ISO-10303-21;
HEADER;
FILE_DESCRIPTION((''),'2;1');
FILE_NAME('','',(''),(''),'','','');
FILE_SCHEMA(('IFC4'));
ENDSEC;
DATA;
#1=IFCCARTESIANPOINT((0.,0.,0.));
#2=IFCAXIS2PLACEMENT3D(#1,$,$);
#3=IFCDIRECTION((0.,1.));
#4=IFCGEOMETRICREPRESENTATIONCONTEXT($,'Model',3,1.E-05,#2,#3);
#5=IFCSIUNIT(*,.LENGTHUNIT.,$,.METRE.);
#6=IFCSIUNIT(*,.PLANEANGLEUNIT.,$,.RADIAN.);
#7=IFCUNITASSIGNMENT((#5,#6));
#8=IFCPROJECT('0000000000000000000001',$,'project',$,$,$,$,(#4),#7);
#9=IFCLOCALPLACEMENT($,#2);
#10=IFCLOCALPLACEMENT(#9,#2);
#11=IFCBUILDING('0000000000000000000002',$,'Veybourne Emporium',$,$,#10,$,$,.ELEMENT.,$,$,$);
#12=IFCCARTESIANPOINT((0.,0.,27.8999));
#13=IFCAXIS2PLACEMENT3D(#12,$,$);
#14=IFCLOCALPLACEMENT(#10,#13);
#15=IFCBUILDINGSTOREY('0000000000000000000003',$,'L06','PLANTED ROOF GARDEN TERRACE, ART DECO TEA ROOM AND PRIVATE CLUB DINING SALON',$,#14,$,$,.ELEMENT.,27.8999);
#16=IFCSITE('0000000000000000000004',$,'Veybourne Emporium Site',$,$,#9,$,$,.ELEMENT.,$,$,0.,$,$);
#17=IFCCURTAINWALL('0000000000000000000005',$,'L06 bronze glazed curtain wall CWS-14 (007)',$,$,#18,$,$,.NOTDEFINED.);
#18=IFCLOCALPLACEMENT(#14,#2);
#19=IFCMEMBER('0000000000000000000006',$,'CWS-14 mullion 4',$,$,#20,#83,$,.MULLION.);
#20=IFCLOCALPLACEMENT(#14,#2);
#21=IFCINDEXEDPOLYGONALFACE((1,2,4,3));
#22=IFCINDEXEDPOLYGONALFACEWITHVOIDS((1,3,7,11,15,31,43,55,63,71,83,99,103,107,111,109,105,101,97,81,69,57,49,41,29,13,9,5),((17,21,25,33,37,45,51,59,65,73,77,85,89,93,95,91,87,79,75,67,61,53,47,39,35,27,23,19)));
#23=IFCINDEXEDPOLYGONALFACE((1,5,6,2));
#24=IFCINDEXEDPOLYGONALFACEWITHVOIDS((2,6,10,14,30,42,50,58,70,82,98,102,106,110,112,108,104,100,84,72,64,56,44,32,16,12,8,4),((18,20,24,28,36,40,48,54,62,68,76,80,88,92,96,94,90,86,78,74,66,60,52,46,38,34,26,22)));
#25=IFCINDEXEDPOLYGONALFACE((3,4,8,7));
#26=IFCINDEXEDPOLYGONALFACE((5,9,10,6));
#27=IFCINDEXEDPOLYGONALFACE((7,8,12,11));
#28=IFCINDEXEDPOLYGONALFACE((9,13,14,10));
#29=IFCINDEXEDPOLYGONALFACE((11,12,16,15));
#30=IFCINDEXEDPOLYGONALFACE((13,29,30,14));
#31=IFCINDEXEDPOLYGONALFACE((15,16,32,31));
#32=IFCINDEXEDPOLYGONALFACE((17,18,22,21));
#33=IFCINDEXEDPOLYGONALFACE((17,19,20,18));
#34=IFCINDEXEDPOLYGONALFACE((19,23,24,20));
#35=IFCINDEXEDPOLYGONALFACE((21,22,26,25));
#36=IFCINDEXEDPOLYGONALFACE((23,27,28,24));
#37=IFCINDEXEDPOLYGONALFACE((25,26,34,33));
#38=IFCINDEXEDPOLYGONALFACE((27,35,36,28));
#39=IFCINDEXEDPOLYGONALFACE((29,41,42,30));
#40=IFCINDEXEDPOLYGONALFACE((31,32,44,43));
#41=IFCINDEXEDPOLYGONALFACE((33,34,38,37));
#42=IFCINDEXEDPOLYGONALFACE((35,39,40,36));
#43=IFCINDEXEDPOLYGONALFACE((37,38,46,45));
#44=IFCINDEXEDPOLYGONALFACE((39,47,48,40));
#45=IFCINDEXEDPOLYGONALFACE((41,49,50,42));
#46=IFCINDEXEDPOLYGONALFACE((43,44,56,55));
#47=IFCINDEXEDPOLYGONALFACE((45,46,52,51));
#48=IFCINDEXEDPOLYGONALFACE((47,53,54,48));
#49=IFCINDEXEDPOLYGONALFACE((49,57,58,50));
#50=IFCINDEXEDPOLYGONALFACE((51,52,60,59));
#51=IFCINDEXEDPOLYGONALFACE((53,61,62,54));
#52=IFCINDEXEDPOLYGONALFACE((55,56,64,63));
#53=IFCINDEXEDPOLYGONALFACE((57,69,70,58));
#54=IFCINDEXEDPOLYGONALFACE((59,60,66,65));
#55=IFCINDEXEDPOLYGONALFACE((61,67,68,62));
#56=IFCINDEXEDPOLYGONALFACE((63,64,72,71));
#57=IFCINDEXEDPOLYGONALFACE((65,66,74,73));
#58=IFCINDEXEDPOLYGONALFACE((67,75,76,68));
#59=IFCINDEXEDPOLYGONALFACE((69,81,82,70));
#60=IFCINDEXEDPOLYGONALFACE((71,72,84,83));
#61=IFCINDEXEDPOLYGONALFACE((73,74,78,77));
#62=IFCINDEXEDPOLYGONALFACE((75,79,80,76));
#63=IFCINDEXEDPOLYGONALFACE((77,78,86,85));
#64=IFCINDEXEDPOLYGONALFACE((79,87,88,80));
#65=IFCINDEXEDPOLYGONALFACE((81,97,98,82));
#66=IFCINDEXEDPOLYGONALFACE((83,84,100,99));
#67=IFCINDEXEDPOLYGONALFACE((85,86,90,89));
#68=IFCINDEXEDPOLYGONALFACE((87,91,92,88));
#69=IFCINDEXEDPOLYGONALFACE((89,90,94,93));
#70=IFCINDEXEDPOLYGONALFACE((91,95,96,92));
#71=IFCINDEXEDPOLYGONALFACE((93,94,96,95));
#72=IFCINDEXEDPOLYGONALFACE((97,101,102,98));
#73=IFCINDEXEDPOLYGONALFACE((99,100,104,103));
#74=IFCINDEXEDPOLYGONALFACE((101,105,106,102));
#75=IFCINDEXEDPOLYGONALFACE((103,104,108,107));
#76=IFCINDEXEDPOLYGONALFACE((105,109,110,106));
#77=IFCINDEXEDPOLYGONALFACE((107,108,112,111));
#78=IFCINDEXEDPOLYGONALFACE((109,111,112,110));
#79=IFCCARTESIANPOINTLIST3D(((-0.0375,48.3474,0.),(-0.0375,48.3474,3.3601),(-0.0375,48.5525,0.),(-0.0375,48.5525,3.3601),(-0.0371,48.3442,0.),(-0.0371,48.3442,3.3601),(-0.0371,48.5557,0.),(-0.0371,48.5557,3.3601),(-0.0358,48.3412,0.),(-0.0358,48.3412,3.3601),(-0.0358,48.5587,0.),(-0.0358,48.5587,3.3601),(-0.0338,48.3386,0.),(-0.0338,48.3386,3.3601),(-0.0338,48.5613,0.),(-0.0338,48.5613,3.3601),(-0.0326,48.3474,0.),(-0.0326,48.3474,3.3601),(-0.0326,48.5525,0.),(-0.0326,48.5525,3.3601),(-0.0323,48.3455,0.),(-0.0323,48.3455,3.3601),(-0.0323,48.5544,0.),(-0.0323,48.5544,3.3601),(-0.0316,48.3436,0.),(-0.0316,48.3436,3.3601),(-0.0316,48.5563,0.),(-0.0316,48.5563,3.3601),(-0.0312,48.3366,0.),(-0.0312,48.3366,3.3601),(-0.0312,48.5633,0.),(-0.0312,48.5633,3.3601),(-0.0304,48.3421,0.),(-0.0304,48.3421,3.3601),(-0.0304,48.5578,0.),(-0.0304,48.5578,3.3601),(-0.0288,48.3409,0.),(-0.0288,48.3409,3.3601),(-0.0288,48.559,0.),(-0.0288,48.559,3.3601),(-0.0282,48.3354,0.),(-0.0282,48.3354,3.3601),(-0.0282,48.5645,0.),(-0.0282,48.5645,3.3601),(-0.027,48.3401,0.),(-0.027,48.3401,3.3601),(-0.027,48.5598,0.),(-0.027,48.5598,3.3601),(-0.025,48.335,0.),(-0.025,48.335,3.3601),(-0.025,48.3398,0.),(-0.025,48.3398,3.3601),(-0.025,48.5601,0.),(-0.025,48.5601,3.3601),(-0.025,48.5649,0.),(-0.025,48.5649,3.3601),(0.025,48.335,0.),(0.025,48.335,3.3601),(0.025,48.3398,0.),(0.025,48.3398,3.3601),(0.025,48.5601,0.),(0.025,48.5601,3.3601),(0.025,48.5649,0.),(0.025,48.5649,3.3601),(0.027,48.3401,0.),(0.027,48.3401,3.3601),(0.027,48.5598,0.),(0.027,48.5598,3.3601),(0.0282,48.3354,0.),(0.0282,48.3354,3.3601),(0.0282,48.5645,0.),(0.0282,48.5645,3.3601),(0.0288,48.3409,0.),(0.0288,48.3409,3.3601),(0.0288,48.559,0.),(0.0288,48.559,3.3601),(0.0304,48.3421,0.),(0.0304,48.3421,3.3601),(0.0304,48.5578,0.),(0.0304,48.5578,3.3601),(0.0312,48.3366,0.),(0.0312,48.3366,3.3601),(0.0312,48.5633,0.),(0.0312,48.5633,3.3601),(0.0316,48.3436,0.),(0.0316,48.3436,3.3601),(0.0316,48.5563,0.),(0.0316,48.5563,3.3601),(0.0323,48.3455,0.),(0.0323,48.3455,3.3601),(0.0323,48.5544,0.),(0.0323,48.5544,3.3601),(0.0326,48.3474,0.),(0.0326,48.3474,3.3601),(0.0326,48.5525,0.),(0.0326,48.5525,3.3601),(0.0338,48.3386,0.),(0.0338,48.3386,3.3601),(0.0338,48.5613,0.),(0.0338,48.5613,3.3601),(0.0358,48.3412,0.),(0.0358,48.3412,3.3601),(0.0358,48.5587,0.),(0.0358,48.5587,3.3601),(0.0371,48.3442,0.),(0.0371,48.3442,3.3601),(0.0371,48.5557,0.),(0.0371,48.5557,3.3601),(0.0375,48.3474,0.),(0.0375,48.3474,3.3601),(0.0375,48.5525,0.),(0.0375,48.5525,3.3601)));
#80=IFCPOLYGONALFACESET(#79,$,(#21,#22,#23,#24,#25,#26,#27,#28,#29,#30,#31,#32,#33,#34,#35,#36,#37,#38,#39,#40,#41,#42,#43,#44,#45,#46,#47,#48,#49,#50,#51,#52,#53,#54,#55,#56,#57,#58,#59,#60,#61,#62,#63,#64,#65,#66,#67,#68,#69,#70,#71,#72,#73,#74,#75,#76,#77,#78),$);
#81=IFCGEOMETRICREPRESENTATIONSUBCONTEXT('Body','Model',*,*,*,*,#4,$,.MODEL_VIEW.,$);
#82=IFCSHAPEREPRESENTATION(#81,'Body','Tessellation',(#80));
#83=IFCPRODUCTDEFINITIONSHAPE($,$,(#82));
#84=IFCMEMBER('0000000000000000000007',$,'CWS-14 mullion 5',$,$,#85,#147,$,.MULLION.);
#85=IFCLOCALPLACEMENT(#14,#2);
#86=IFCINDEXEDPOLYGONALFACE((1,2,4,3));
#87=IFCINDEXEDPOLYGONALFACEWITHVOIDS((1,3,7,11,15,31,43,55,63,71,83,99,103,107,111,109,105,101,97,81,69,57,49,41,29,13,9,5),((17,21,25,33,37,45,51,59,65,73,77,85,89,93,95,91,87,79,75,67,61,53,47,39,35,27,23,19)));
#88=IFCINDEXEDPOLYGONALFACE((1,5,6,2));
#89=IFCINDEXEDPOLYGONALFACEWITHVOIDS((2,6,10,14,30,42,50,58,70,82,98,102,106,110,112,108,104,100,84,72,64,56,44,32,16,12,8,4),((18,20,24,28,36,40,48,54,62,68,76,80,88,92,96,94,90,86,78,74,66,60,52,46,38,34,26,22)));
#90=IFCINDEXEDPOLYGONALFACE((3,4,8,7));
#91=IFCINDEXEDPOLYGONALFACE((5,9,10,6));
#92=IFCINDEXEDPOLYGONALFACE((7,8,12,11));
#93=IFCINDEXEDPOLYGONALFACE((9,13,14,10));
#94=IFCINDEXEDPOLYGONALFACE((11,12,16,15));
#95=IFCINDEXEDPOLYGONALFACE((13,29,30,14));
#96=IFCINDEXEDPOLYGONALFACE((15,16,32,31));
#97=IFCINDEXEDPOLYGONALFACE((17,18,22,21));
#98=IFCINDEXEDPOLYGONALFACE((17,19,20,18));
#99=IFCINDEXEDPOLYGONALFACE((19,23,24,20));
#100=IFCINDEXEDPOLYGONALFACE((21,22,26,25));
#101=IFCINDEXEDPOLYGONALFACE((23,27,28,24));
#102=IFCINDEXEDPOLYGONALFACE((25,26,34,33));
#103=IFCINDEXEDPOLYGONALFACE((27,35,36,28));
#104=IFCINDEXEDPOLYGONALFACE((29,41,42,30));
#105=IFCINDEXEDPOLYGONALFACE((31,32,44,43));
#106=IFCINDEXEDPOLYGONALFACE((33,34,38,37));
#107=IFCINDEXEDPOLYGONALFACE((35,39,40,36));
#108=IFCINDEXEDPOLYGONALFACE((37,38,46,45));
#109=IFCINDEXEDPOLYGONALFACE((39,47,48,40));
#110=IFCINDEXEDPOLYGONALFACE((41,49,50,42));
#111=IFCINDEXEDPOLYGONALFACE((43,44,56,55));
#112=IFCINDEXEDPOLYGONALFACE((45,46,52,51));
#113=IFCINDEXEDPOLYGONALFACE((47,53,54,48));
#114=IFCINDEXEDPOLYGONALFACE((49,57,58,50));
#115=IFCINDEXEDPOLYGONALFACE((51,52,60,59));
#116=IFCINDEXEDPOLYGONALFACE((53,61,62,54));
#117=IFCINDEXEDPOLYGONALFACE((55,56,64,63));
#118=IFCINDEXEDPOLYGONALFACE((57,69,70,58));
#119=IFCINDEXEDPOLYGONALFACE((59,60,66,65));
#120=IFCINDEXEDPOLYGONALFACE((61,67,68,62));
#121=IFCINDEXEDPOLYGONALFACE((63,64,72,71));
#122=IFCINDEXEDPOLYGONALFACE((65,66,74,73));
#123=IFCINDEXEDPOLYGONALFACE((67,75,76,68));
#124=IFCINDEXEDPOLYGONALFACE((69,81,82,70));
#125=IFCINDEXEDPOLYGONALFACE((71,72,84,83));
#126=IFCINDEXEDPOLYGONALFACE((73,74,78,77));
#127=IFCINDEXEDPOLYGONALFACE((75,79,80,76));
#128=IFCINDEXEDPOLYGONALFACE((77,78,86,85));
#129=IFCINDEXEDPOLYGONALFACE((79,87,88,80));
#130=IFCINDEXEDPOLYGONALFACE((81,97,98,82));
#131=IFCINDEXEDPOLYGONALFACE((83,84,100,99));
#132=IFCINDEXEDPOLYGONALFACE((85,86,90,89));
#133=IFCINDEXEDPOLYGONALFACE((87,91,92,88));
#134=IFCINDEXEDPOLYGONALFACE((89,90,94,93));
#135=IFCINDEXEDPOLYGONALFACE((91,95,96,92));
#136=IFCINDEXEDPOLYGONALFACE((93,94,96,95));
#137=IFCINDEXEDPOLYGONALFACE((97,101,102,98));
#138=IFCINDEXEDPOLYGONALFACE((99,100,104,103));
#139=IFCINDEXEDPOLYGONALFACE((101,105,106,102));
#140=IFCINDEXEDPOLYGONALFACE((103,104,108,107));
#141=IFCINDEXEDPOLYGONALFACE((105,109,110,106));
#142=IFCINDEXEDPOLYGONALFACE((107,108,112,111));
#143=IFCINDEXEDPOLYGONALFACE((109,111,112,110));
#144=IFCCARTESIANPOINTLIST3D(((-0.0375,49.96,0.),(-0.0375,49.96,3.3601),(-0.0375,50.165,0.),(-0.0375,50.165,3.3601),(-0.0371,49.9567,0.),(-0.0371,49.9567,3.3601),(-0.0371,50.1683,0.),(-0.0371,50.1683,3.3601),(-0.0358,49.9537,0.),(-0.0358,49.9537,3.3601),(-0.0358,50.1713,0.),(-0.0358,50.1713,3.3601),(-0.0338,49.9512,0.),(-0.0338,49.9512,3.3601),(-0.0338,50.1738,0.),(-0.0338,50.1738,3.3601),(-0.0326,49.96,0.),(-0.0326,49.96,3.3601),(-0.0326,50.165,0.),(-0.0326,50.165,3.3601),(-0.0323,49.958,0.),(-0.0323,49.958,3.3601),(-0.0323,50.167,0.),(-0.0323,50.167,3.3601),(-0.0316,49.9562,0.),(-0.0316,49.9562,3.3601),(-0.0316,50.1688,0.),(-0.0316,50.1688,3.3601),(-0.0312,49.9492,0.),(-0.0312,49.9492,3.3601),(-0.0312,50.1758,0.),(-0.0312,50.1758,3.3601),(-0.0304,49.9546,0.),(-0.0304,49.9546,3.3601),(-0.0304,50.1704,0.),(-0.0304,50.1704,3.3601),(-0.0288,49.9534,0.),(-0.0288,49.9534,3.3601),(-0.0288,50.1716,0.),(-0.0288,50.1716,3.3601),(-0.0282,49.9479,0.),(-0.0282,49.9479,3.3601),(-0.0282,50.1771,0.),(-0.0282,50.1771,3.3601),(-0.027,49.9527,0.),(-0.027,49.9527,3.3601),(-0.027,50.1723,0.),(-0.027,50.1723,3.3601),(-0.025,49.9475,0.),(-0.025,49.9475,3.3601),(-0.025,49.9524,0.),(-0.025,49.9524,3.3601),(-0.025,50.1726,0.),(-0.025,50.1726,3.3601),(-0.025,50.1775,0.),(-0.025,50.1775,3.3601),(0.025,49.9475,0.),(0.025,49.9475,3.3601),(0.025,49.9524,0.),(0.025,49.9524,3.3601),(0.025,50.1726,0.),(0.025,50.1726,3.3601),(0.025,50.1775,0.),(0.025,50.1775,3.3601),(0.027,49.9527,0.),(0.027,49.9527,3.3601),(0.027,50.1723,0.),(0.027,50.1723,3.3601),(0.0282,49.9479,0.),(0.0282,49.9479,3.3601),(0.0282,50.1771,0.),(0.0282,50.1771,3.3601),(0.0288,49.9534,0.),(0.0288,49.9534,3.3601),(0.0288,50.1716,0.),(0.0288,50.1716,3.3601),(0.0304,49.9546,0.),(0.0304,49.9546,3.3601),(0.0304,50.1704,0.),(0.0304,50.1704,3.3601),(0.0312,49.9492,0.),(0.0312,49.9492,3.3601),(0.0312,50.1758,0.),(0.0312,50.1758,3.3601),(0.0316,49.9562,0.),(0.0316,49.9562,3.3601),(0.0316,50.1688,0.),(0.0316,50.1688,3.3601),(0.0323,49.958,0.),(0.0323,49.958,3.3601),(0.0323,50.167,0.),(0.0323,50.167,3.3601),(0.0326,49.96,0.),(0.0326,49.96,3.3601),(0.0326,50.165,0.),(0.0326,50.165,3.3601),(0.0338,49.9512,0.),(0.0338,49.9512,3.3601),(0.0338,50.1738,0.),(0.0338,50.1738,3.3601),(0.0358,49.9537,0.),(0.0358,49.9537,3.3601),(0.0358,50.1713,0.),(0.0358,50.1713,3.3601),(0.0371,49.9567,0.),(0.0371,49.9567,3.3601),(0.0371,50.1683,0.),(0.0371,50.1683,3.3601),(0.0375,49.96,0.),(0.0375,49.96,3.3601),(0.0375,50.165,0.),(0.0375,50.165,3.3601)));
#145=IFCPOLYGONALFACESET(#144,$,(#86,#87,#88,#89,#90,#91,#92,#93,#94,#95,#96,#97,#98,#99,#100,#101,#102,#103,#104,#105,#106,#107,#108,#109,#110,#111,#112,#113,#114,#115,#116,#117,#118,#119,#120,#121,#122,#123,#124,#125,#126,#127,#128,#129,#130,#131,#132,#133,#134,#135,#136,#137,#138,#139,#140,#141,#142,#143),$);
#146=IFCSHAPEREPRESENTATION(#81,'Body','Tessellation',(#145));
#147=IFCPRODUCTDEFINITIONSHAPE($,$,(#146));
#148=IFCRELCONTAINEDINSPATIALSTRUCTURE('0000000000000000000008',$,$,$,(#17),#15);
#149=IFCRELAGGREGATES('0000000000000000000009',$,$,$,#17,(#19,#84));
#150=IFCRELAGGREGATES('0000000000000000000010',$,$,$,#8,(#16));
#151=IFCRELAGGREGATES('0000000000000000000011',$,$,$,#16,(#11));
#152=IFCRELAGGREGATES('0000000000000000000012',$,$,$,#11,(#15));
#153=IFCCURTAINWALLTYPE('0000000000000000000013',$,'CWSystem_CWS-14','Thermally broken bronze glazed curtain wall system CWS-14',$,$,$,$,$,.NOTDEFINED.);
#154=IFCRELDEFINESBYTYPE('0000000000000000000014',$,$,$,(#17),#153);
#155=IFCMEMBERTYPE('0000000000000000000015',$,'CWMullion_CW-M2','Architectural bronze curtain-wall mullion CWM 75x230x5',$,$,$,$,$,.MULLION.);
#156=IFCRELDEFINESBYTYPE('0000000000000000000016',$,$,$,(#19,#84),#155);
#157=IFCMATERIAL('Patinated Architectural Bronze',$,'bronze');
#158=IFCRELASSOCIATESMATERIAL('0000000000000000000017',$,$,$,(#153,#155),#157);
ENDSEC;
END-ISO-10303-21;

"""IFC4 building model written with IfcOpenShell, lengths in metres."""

from ifc_helpers import new_model, si_unit, direction, frame, origin, origin_2d, place, context, subcontext, project, spatial, hollow_rectangle, extrude, material, material_profile, profile_set, type_object, element, aggregate, save


model = new_model("IFC4")

# Units and contexts
model_context = context("Model", 3, precision=1e-05, world=origin(), true_north=direction((0.0, 1.0)))
body_context = subcontext(model_context, "Body", "Model", "MODEL_VIEW")
ifc_project = project(units=[si_unit("LENGTHUNIT", "METRE"), si_unit("PLANEANGLEUNIT", "RADIAN")], contexts=[model_context])

# Site, building, storey
site_placement = place(None, origin())
site = spatial("IfcSite", under=ifc_project, at=site_placement, Name="Veybourne Emporium Site", CompositionType="ELEMENT", RefElevation=0.0)
building_placement = place(site_placement, origin())
building = spatial("IfcBuilding", under=site, at=building_placement, Name="Veybourne Emporium", CompositionType="ELEMENT")
storey_placement = place(building_placement, frame((0.0, 0.0, 27.8999)))
storey = spatial("IfcBuildingStorey", under=building, at=storey_placement, Name="L06", Description="PLANTED ROOF GARDEN TERRACE, ART DECO TEA ROOM AND PRIVATE CLUB DINING SALON", CompositionType="ELEMENT", Elevation=27.8999)

# Curtain wall, members
ifc_material_1 = material(Name="Patinated Architectural Bronze", Category="bronze")
curtain_wall_type = type_object("IfcCurtainWallType", Name="CWSystem_CWS-14", Description="Thermally broken bronze glazed curtain wall system CWS-14", PredefinedType="NOTDEFINED", material=ifc_material_1)
curtain_wall_placement = place(storey_placement, origin())
curtain_wall = element("IfcCurtainWall", 1, at=curtain_wall_placement, inside=storey, type_object=curtain_wall_type, Name="L06 bronze glazed curtain wall CWS-14 (007)", PredefinedType="NOTDEFINED")
ifc_material_profile_1 = material_profile(ifc_material_1, hollow_rectangle(XDim=0.075, YDim=0.23, WallThickness=0.0049, InnerFilletRadius=0.0076, OuterFilletRadius=0.0125, at=origin_2d()), Name="CWM 75x230x5")
ifc_profile_set_1 = profile_set([ifc_material_profile_1], Name="Patinated Architectural Bronze")
member_type_1 = type_object("IfcMemberType", Name="CWMullion_CW-M2", Description="Architectural bronze curtain-wall mullion CWM 75x230x5", PredefinedType="MULLION", material=ifc_profile_set_1)
member_1_placement = place(storey_placement, frame((0.0, 48.45, 0.0), z_axis=(0.0, 0.0, 1.0), x_axis=(-1.0, 0.0, 0.0)))
member_1 = element("IfcMember", 2, at=member_1_placement, type_object=member_type_1, Name="CWS-14 mullion 4", PredefinedType="MULLION", context=body_context, shape_type="SweptSolid", body=[
    extrude(hollow_rectangle(XDim=0.075, YDim=0.23, WallThickness=0.0049, InnerFilletRadius=0.0076, OuterFilletRadius=0.0125, at=origin_2d()), origin(), (0.0, 0.0, 1.0), 3.3601),
])
member_2_placement = place(storey_placement, frame((0.0, 50.0625, 0.0), z_axis=(0.0, 0.0, 1.0), x_axis=(-1.0, 0.0, 0.0)))
member_2 = element("IfcMember", 3, at=member_2_placement, type_object=member_type_1, Name="CWS-14 mullion 5", PredefinedType="MULLION", context=body_context, shape_type="SweptSolid", body=[
    extrude(hollow_rectangle(XDim=0.075, YDim=0.23, WallThickness=0.0049, InnerFilletRadius=0.0076, OuterFilletRadius=0.0125, at=origin_2d()), origin(), (0.0, 0.0, 1.0), 3.3601),
])

aggregate(curtain_wall, [member_1, member_2])

save(model, "model.ifc")
